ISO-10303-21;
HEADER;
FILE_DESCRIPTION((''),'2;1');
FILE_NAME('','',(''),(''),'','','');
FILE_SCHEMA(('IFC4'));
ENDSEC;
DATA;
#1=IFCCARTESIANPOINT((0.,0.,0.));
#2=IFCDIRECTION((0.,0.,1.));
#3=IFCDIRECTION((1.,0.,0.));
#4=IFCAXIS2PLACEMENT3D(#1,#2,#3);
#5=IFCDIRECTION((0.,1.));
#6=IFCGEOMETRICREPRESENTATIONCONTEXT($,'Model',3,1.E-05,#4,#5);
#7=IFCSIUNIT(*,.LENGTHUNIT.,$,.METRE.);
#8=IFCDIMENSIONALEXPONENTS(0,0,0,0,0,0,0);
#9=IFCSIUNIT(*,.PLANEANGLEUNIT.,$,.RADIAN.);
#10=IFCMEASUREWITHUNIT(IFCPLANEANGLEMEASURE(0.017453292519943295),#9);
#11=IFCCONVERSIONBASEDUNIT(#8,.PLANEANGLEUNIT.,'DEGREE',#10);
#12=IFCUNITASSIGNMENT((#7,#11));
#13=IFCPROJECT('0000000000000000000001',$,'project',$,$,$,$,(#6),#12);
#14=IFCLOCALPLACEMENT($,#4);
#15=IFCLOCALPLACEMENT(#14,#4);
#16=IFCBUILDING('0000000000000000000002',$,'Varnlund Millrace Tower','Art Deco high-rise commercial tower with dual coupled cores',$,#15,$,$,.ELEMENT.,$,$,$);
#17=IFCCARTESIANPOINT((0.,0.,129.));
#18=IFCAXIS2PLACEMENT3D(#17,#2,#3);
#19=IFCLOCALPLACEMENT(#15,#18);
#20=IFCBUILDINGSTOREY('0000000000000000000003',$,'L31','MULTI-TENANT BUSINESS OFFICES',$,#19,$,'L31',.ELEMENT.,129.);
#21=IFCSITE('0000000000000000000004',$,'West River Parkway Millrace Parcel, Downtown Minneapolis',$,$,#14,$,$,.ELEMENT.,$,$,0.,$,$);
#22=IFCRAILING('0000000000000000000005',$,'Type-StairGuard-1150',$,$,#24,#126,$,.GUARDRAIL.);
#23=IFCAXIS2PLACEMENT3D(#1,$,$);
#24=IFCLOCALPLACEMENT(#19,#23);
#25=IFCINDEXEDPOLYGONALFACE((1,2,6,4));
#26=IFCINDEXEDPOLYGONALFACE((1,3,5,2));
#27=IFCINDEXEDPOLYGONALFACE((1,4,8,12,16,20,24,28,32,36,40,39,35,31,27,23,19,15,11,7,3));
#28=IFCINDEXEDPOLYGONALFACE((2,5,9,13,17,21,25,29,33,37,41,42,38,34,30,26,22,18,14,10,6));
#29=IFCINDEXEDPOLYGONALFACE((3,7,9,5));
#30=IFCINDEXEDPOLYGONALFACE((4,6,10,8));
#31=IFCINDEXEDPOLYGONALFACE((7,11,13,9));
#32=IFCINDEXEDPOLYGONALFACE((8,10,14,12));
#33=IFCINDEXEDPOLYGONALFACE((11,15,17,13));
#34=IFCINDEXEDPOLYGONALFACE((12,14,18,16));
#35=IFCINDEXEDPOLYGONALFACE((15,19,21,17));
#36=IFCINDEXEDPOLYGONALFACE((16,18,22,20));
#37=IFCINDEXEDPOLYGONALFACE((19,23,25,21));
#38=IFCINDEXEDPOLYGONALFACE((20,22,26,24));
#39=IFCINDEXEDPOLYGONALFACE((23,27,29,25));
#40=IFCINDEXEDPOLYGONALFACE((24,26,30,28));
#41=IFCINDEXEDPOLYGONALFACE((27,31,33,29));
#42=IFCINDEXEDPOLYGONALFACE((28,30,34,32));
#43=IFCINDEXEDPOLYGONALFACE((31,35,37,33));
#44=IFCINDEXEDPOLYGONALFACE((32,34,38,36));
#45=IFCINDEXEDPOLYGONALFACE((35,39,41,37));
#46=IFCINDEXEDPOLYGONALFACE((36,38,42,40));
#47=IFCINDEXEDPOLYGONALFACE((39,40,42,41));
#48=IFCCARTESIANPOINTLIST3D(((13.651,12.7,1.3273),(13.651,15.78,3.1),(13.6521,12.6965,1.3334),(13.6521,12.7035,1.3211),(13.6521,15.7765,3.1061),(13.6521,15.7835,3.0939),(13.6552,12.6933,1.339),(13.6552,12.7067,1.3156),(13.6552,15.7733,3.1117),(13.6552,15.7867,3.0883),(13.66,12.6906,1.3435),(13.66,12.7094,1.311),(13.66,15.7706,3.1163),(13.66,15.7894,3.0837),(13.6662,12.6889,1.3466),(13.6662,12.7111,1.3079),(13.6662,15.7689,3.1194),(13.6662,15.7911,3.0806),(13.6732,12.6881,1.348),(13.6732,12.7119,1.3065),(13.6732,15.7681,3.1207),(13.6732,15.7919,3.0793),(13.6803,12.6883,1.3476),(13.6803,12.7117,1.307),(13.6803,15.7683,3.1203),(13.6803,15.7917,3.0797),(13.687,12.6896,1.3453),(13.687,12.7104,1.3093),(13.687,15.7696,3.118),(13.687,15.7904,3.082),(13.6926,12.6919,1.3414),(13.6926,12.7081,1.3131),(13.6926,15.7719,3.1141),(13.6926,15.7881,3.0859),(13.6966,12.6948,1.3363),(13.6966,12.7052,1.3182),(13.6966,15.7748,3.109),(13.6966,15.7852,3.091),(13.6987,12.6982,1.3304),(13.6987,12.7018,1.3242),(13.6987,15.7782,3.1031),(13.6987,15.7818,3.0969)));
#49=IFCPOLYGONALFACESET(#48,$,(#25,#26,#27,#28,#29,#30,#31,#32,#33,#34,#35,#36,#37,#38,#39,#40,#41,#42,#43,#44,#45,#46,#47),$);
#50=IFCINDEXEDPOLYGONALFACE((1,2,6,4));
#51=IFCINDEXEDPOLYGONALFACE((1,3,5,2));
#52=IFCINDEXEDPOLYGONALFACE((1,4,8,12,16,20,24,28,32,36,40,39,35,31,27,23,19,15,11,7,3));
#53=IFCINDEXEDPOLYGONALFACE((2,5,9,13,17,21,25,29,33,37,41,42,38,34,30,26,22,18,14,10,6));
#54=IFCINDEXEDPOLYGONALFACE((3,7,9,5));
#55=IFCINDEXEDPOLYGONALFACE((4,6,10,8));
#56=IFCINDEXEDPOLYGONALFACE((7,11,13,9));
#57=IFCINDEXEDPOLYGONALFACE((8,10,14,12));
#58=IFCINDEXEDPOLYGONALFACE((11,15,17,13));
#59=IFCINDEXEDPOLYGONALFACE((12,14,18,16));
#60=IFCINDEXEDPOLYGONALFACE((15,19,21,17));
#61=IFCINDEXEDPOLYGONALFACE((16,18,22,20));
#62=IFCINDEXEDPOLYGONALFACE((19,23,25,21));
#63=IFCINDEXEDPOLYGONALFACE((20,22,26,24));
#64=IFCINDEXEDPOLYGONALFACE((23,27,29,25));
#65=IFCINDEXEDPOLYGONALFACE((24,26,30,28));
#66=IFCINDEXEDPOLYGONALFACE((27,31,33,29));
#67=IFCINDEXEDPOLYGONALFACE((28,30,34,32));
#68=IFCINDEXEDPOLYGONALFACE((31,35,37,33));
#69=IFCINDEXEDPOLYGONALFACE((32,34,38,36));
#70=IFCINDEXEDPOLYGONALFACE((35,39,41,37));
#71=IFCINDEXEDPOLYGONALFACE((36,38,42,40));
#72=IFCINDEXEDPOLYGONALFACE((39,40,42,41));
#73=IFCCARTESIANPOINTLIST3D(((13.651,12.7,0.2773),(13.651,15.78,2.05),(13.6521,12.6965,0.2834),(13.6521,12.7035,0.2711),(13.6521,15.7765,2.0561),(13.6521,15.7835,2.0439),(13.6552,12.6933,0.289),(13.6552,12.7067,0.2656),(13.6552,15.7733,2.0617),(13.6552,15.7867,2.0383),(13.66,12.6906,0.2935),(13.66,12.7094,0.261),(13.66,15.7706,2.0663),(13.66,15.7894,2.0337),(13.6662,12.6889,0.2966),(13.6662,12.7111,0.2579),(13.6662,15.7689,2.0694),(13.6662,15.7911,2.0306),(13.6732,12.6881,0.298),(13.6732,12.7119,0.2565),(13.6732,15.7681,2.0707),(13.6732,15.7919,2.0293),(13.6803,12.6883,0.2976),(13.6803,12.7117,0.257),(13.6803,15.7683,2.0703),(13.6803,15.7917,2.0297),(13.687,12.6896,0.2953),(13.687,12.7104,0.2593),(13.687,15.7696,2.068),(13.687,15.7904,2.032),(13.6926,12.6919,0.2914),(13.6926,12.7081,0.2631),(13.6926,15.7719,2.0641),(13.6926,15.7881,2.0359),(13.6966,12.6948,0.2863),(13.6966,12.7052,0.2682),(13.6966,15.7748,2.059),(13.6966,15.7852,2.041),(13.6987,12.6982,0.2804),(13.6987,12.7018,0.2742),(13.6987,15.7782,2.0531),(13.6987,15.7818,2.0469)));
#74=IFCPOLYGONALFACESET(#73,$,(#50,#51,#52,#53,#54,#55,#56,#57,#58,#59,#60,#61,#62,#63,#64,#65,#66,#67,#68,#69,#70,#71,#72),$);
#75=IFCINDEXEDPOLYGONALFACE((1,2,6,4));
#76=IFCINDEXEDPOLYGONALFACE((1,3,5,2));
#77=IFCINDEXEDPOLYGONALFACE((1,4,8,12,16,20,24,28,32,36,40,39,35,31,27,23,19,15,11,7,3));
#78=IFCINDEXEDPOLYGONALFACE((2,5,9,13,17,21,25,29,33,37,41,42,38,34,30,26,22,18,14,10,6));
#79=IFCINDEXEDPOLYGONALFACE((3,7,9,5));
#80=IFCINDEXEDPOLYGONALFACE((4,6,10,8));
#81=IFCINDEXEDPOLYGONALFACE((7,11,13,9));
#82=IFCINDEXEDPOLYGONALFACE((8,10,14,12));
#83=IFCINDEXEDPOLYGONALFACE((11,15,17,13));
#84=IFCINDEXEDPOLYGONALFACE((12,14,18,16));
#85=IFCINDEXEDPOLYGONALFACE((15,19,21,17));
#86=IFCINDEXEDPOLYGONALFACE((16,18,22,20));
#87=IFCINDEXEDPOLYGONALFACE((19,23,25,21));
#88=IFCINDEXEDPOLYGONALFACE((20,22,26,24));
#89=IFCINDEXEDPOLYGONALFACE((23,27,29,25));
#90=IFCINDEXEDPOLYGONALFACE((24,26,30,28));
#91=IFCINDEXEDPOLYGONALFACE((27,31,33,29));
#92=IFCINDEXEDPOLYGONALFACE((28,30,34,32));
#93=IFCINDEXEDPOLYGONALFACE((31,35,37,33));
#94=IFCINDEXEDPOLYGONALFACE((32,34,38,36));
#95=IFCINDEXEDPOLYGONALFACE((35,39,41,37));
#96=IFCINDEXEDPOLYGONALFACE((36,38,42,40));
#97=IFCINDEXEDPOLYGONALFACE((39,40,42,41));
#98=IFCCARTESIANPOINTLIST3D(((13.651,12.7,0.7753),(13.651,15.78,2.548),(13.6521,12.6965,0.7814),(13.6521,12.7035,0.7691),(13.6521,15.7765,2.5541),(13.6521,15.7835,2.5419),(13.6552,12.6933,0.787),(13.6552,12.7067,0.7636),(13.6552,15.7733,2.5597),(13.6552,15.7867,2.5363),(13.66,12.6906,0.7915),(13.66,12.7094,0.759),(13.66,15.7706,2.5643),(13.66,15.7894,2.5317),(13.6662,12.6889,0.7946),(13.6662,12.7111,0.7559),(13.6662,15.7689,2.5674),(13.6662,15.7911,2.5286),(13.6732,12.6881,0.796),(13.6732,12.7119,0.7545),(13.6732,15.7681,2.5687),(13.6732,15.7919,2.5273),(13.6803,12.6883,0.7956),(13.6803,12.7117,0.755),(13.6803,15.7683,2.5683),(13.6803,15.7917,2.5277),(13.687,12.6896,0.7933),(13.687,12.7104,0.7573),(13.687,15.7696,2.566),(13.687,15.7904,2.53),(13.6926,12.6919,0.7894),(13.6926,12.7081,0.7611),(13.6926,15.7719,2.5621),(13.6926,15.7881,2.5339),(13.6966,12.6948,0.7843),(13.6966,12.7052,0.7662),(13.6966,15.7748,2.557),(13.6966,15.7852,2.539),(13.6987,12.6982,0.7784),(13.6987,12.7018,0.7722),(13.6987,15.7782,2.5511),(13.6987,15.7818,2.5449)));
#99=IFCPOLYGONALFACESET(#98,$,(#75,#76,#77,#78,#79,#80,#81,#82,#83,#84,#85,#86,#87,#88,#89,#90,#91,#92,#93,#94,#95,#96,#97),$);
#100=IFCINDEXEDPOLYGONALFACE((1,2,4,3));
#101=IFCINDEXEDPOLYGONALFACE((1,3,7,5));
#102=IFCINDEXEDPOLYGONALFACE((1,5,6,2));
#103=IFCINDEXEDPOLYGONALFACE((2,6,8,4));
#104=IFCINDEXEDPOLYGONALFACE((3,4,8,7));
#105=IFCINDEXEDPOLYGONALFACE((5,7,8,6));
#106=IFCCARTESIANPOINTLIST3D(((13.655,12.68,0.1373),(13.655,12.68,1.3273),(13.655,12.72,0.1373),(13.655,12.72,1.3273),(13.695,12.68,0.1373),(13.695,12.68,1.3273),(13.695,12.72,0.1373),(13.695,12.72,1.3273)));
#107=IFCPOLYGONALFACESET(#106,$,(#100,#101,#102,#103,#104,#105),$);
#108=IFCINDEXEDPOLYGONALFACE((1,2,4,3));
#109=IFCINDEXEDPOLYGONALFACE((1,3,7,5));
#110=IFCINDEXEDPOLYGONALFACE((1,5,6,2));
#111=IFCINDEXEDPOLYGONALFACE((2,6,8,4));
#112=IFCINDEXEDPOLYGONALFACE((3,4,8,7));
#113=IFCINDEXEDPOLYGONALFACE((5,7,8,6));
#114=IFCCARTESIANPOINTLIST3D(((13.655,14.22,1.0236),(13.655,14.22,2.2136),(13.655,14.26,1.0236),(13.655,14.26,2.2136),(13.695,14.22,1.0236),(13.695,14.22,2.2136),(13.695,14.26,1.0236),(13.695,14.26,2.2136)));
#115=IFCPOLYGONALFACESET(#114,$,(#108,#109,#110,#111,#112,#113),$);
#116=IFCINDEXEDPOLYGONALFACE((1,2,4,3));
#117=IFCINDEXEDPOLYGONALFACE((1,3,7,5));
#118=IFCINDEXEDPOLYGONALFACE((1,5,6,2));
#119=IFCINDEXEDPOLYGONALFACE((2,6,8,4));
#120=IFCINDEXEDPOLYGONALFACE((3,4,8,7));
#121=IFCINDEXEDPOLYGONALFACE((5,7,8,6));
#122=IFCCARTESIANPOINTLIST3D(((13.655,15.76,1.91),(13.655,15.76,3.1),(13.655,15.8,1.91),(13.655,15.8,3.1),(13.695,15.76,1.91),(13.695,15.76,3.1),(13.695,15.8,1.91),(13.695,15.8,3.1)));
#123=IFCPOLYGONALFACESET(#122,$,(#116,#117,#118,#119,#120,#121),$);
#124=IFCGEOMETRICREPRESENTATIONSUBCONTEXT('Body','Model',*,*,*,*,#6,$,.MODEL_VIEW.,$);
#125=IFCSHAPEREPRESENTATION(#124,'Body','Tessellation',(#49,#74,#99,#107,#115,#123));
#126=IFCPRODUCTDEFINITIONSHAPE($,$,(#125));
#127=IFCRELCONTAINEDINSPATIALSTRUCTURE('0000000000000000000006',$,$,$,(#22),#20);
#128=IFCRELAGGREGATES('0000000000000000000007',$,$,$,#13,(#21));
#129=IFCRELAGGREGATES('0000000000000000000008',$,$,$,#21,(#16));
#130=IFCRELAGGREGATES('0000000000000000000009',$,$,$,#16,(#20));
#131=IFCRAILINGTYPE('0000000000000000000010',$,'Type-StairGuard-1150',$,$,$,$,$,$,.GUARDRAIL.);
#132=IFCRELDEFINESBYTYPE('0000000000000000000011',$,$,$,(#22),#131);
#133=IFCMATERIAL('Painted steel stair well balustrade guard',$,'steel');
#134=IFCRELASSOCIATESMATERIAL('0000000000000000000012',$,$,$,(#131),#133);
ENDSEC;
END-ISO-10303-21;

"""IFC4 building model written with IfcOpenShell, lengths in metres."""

from ifc_helpers import new_model, entity, si_unit, converted_unit, direction, frame, origin_with_axes, origin_2d_with_axis, place, context, subcontext, project, spatial, rectangle, circle, extrude, material, type_object, element, save


model = new_model("IFC4")

# Units and contexts
model_context = context("Model", 3, precision=1e-05, world=origin_with_axes(), true_north=direction((0.0, 1.0)))
body_context = subcontext(model_context, "Body", "Model", "MODEL_VIEW")
ifc_project = project(units=[si_unit("LENGTHUNIT", "METRE"), converted_unit("PLANEANGLEUNIT", "DEGREE", entity("IfcPlaneAngleMeasure", 0.017453292519943295), si_unit("PLANEANGLEUNIT", "RADIAN"), dimensions=[0, 0, 0, 0, 0, 0, 0])], contexts=[model_context])

# Site, building, storey
site_placement = place(None, origin_with_axes())
site = spatial("IfcSite", under=ifc_project, at=site_placement, Name="West River Parkway Millrace Parcel, Downtown Minneapolis", CompositionType="ELEMENT", RefElevation=0.0)
building_placement = place(site_placement, origin_with_axes())
building = spatial("IfcBuilding", under=site, at=building_placement, Name="Varnlund Millrace Tower", Description="Art Deco high-rise commercial tower with dual coupled cores", CompositionType="ELEMENT")
storey_placement = place(building_placement, frame((0.0, 0.0, 129.0), z_axis=(0.0, 0.0, 1.0), x_axis=(1.0, 0.0, 0.0)))
storey = spatial("IfcBuildingStorey", under=building, at=storey_placement, Name="L31", Description="MULTI-TENANT BUSINESS OFFICES", LongName="L31", CompositionType="ELEMENT", Elevation=129.0)

# Railing
ifc_material_1 = material(Name="Painted steel stair well balustrade guard", Category="steel")
railing_type_1 = type_object("IfcRailingType", Name="Type-StairGuard-1150", PredefinedType="GUARDRAIL", material=ifc_material_1)
railing_1_placement = place(storey_placement, frame((0.0, 0.0, -129.0), z_axis=(0.0, 0.0, 1.0), x_axis=(1.0, 0.0, 0.0)))
element("IfcRailing", 1, at=railing_1_placement, inside=storey, type_object=railing_type_1, Name="Type-StairGuard-1150", PredefinedType="GUARDRAIL", context=body_context, shape_type="SweptSolid", body=[
    extrude(circle(Radius=0.024, at=origin_2d_with_axis()), frame((13.675, 12.7, 130.3273), z_axis=(0.0, 0.866696, 0.498836), x_axis=(-1.0, 0.0, 0.0)), (0.0, 0.0, 1.0), 3.5537),
    extrude(circle(Radius=0.024, at=origin_2d_with_axis()), frame((13.675, 12.7, 129.2773), z_axis=(0.0, 0.866696, 0.498836), x_axis=(-1.0, 0.0, 0.0)), (0.0, 0.0, 1.0), 3.5537),
    extrude(circle(Radius=0.024, at=origin_2d_with_axis()), frame((13.675, 12.7, 129.7753), z_axis=(0.0, 0.866696, 0.498836), x_axis=(-1.0, 0.0, 0.0)), (0.0, 0.0, 1.0), 3.5537),
    extrude(rectangle(XDim=0.04, YDim=0.04, at=origin_2d_with_axis()), frame((13.675, 12.7, 129.1373), z_axis=(0.0, 0.0, 1.0), x_axis=(1.0, 0.0, 0.0)), (0.0, 0.0, 1.0), 1.19),
    extrude(rectangle(XDim=0.04, YDim=0.04, at=origin_2d_with_axis()), frame((13.675, 14.24, 130.0236), z_axis=(0.0, 0.0, 1.0), x_axis=(1.0, 0.0, 0.0)), (0.0, 0.0, 1.0), 1.19),
    extrude(rectangle(XDim=0.04, YDim=0.04, at=origin_2d_with_axis()), frame((13.675, 15.78, 130.91), z_axis=(0.0, 0.0, 1.0), x_axis=(1.0, 0.0, 0.0)), (0.0, 0.0, 1.0), 1.19),
])

save(model, "model.ifc")
